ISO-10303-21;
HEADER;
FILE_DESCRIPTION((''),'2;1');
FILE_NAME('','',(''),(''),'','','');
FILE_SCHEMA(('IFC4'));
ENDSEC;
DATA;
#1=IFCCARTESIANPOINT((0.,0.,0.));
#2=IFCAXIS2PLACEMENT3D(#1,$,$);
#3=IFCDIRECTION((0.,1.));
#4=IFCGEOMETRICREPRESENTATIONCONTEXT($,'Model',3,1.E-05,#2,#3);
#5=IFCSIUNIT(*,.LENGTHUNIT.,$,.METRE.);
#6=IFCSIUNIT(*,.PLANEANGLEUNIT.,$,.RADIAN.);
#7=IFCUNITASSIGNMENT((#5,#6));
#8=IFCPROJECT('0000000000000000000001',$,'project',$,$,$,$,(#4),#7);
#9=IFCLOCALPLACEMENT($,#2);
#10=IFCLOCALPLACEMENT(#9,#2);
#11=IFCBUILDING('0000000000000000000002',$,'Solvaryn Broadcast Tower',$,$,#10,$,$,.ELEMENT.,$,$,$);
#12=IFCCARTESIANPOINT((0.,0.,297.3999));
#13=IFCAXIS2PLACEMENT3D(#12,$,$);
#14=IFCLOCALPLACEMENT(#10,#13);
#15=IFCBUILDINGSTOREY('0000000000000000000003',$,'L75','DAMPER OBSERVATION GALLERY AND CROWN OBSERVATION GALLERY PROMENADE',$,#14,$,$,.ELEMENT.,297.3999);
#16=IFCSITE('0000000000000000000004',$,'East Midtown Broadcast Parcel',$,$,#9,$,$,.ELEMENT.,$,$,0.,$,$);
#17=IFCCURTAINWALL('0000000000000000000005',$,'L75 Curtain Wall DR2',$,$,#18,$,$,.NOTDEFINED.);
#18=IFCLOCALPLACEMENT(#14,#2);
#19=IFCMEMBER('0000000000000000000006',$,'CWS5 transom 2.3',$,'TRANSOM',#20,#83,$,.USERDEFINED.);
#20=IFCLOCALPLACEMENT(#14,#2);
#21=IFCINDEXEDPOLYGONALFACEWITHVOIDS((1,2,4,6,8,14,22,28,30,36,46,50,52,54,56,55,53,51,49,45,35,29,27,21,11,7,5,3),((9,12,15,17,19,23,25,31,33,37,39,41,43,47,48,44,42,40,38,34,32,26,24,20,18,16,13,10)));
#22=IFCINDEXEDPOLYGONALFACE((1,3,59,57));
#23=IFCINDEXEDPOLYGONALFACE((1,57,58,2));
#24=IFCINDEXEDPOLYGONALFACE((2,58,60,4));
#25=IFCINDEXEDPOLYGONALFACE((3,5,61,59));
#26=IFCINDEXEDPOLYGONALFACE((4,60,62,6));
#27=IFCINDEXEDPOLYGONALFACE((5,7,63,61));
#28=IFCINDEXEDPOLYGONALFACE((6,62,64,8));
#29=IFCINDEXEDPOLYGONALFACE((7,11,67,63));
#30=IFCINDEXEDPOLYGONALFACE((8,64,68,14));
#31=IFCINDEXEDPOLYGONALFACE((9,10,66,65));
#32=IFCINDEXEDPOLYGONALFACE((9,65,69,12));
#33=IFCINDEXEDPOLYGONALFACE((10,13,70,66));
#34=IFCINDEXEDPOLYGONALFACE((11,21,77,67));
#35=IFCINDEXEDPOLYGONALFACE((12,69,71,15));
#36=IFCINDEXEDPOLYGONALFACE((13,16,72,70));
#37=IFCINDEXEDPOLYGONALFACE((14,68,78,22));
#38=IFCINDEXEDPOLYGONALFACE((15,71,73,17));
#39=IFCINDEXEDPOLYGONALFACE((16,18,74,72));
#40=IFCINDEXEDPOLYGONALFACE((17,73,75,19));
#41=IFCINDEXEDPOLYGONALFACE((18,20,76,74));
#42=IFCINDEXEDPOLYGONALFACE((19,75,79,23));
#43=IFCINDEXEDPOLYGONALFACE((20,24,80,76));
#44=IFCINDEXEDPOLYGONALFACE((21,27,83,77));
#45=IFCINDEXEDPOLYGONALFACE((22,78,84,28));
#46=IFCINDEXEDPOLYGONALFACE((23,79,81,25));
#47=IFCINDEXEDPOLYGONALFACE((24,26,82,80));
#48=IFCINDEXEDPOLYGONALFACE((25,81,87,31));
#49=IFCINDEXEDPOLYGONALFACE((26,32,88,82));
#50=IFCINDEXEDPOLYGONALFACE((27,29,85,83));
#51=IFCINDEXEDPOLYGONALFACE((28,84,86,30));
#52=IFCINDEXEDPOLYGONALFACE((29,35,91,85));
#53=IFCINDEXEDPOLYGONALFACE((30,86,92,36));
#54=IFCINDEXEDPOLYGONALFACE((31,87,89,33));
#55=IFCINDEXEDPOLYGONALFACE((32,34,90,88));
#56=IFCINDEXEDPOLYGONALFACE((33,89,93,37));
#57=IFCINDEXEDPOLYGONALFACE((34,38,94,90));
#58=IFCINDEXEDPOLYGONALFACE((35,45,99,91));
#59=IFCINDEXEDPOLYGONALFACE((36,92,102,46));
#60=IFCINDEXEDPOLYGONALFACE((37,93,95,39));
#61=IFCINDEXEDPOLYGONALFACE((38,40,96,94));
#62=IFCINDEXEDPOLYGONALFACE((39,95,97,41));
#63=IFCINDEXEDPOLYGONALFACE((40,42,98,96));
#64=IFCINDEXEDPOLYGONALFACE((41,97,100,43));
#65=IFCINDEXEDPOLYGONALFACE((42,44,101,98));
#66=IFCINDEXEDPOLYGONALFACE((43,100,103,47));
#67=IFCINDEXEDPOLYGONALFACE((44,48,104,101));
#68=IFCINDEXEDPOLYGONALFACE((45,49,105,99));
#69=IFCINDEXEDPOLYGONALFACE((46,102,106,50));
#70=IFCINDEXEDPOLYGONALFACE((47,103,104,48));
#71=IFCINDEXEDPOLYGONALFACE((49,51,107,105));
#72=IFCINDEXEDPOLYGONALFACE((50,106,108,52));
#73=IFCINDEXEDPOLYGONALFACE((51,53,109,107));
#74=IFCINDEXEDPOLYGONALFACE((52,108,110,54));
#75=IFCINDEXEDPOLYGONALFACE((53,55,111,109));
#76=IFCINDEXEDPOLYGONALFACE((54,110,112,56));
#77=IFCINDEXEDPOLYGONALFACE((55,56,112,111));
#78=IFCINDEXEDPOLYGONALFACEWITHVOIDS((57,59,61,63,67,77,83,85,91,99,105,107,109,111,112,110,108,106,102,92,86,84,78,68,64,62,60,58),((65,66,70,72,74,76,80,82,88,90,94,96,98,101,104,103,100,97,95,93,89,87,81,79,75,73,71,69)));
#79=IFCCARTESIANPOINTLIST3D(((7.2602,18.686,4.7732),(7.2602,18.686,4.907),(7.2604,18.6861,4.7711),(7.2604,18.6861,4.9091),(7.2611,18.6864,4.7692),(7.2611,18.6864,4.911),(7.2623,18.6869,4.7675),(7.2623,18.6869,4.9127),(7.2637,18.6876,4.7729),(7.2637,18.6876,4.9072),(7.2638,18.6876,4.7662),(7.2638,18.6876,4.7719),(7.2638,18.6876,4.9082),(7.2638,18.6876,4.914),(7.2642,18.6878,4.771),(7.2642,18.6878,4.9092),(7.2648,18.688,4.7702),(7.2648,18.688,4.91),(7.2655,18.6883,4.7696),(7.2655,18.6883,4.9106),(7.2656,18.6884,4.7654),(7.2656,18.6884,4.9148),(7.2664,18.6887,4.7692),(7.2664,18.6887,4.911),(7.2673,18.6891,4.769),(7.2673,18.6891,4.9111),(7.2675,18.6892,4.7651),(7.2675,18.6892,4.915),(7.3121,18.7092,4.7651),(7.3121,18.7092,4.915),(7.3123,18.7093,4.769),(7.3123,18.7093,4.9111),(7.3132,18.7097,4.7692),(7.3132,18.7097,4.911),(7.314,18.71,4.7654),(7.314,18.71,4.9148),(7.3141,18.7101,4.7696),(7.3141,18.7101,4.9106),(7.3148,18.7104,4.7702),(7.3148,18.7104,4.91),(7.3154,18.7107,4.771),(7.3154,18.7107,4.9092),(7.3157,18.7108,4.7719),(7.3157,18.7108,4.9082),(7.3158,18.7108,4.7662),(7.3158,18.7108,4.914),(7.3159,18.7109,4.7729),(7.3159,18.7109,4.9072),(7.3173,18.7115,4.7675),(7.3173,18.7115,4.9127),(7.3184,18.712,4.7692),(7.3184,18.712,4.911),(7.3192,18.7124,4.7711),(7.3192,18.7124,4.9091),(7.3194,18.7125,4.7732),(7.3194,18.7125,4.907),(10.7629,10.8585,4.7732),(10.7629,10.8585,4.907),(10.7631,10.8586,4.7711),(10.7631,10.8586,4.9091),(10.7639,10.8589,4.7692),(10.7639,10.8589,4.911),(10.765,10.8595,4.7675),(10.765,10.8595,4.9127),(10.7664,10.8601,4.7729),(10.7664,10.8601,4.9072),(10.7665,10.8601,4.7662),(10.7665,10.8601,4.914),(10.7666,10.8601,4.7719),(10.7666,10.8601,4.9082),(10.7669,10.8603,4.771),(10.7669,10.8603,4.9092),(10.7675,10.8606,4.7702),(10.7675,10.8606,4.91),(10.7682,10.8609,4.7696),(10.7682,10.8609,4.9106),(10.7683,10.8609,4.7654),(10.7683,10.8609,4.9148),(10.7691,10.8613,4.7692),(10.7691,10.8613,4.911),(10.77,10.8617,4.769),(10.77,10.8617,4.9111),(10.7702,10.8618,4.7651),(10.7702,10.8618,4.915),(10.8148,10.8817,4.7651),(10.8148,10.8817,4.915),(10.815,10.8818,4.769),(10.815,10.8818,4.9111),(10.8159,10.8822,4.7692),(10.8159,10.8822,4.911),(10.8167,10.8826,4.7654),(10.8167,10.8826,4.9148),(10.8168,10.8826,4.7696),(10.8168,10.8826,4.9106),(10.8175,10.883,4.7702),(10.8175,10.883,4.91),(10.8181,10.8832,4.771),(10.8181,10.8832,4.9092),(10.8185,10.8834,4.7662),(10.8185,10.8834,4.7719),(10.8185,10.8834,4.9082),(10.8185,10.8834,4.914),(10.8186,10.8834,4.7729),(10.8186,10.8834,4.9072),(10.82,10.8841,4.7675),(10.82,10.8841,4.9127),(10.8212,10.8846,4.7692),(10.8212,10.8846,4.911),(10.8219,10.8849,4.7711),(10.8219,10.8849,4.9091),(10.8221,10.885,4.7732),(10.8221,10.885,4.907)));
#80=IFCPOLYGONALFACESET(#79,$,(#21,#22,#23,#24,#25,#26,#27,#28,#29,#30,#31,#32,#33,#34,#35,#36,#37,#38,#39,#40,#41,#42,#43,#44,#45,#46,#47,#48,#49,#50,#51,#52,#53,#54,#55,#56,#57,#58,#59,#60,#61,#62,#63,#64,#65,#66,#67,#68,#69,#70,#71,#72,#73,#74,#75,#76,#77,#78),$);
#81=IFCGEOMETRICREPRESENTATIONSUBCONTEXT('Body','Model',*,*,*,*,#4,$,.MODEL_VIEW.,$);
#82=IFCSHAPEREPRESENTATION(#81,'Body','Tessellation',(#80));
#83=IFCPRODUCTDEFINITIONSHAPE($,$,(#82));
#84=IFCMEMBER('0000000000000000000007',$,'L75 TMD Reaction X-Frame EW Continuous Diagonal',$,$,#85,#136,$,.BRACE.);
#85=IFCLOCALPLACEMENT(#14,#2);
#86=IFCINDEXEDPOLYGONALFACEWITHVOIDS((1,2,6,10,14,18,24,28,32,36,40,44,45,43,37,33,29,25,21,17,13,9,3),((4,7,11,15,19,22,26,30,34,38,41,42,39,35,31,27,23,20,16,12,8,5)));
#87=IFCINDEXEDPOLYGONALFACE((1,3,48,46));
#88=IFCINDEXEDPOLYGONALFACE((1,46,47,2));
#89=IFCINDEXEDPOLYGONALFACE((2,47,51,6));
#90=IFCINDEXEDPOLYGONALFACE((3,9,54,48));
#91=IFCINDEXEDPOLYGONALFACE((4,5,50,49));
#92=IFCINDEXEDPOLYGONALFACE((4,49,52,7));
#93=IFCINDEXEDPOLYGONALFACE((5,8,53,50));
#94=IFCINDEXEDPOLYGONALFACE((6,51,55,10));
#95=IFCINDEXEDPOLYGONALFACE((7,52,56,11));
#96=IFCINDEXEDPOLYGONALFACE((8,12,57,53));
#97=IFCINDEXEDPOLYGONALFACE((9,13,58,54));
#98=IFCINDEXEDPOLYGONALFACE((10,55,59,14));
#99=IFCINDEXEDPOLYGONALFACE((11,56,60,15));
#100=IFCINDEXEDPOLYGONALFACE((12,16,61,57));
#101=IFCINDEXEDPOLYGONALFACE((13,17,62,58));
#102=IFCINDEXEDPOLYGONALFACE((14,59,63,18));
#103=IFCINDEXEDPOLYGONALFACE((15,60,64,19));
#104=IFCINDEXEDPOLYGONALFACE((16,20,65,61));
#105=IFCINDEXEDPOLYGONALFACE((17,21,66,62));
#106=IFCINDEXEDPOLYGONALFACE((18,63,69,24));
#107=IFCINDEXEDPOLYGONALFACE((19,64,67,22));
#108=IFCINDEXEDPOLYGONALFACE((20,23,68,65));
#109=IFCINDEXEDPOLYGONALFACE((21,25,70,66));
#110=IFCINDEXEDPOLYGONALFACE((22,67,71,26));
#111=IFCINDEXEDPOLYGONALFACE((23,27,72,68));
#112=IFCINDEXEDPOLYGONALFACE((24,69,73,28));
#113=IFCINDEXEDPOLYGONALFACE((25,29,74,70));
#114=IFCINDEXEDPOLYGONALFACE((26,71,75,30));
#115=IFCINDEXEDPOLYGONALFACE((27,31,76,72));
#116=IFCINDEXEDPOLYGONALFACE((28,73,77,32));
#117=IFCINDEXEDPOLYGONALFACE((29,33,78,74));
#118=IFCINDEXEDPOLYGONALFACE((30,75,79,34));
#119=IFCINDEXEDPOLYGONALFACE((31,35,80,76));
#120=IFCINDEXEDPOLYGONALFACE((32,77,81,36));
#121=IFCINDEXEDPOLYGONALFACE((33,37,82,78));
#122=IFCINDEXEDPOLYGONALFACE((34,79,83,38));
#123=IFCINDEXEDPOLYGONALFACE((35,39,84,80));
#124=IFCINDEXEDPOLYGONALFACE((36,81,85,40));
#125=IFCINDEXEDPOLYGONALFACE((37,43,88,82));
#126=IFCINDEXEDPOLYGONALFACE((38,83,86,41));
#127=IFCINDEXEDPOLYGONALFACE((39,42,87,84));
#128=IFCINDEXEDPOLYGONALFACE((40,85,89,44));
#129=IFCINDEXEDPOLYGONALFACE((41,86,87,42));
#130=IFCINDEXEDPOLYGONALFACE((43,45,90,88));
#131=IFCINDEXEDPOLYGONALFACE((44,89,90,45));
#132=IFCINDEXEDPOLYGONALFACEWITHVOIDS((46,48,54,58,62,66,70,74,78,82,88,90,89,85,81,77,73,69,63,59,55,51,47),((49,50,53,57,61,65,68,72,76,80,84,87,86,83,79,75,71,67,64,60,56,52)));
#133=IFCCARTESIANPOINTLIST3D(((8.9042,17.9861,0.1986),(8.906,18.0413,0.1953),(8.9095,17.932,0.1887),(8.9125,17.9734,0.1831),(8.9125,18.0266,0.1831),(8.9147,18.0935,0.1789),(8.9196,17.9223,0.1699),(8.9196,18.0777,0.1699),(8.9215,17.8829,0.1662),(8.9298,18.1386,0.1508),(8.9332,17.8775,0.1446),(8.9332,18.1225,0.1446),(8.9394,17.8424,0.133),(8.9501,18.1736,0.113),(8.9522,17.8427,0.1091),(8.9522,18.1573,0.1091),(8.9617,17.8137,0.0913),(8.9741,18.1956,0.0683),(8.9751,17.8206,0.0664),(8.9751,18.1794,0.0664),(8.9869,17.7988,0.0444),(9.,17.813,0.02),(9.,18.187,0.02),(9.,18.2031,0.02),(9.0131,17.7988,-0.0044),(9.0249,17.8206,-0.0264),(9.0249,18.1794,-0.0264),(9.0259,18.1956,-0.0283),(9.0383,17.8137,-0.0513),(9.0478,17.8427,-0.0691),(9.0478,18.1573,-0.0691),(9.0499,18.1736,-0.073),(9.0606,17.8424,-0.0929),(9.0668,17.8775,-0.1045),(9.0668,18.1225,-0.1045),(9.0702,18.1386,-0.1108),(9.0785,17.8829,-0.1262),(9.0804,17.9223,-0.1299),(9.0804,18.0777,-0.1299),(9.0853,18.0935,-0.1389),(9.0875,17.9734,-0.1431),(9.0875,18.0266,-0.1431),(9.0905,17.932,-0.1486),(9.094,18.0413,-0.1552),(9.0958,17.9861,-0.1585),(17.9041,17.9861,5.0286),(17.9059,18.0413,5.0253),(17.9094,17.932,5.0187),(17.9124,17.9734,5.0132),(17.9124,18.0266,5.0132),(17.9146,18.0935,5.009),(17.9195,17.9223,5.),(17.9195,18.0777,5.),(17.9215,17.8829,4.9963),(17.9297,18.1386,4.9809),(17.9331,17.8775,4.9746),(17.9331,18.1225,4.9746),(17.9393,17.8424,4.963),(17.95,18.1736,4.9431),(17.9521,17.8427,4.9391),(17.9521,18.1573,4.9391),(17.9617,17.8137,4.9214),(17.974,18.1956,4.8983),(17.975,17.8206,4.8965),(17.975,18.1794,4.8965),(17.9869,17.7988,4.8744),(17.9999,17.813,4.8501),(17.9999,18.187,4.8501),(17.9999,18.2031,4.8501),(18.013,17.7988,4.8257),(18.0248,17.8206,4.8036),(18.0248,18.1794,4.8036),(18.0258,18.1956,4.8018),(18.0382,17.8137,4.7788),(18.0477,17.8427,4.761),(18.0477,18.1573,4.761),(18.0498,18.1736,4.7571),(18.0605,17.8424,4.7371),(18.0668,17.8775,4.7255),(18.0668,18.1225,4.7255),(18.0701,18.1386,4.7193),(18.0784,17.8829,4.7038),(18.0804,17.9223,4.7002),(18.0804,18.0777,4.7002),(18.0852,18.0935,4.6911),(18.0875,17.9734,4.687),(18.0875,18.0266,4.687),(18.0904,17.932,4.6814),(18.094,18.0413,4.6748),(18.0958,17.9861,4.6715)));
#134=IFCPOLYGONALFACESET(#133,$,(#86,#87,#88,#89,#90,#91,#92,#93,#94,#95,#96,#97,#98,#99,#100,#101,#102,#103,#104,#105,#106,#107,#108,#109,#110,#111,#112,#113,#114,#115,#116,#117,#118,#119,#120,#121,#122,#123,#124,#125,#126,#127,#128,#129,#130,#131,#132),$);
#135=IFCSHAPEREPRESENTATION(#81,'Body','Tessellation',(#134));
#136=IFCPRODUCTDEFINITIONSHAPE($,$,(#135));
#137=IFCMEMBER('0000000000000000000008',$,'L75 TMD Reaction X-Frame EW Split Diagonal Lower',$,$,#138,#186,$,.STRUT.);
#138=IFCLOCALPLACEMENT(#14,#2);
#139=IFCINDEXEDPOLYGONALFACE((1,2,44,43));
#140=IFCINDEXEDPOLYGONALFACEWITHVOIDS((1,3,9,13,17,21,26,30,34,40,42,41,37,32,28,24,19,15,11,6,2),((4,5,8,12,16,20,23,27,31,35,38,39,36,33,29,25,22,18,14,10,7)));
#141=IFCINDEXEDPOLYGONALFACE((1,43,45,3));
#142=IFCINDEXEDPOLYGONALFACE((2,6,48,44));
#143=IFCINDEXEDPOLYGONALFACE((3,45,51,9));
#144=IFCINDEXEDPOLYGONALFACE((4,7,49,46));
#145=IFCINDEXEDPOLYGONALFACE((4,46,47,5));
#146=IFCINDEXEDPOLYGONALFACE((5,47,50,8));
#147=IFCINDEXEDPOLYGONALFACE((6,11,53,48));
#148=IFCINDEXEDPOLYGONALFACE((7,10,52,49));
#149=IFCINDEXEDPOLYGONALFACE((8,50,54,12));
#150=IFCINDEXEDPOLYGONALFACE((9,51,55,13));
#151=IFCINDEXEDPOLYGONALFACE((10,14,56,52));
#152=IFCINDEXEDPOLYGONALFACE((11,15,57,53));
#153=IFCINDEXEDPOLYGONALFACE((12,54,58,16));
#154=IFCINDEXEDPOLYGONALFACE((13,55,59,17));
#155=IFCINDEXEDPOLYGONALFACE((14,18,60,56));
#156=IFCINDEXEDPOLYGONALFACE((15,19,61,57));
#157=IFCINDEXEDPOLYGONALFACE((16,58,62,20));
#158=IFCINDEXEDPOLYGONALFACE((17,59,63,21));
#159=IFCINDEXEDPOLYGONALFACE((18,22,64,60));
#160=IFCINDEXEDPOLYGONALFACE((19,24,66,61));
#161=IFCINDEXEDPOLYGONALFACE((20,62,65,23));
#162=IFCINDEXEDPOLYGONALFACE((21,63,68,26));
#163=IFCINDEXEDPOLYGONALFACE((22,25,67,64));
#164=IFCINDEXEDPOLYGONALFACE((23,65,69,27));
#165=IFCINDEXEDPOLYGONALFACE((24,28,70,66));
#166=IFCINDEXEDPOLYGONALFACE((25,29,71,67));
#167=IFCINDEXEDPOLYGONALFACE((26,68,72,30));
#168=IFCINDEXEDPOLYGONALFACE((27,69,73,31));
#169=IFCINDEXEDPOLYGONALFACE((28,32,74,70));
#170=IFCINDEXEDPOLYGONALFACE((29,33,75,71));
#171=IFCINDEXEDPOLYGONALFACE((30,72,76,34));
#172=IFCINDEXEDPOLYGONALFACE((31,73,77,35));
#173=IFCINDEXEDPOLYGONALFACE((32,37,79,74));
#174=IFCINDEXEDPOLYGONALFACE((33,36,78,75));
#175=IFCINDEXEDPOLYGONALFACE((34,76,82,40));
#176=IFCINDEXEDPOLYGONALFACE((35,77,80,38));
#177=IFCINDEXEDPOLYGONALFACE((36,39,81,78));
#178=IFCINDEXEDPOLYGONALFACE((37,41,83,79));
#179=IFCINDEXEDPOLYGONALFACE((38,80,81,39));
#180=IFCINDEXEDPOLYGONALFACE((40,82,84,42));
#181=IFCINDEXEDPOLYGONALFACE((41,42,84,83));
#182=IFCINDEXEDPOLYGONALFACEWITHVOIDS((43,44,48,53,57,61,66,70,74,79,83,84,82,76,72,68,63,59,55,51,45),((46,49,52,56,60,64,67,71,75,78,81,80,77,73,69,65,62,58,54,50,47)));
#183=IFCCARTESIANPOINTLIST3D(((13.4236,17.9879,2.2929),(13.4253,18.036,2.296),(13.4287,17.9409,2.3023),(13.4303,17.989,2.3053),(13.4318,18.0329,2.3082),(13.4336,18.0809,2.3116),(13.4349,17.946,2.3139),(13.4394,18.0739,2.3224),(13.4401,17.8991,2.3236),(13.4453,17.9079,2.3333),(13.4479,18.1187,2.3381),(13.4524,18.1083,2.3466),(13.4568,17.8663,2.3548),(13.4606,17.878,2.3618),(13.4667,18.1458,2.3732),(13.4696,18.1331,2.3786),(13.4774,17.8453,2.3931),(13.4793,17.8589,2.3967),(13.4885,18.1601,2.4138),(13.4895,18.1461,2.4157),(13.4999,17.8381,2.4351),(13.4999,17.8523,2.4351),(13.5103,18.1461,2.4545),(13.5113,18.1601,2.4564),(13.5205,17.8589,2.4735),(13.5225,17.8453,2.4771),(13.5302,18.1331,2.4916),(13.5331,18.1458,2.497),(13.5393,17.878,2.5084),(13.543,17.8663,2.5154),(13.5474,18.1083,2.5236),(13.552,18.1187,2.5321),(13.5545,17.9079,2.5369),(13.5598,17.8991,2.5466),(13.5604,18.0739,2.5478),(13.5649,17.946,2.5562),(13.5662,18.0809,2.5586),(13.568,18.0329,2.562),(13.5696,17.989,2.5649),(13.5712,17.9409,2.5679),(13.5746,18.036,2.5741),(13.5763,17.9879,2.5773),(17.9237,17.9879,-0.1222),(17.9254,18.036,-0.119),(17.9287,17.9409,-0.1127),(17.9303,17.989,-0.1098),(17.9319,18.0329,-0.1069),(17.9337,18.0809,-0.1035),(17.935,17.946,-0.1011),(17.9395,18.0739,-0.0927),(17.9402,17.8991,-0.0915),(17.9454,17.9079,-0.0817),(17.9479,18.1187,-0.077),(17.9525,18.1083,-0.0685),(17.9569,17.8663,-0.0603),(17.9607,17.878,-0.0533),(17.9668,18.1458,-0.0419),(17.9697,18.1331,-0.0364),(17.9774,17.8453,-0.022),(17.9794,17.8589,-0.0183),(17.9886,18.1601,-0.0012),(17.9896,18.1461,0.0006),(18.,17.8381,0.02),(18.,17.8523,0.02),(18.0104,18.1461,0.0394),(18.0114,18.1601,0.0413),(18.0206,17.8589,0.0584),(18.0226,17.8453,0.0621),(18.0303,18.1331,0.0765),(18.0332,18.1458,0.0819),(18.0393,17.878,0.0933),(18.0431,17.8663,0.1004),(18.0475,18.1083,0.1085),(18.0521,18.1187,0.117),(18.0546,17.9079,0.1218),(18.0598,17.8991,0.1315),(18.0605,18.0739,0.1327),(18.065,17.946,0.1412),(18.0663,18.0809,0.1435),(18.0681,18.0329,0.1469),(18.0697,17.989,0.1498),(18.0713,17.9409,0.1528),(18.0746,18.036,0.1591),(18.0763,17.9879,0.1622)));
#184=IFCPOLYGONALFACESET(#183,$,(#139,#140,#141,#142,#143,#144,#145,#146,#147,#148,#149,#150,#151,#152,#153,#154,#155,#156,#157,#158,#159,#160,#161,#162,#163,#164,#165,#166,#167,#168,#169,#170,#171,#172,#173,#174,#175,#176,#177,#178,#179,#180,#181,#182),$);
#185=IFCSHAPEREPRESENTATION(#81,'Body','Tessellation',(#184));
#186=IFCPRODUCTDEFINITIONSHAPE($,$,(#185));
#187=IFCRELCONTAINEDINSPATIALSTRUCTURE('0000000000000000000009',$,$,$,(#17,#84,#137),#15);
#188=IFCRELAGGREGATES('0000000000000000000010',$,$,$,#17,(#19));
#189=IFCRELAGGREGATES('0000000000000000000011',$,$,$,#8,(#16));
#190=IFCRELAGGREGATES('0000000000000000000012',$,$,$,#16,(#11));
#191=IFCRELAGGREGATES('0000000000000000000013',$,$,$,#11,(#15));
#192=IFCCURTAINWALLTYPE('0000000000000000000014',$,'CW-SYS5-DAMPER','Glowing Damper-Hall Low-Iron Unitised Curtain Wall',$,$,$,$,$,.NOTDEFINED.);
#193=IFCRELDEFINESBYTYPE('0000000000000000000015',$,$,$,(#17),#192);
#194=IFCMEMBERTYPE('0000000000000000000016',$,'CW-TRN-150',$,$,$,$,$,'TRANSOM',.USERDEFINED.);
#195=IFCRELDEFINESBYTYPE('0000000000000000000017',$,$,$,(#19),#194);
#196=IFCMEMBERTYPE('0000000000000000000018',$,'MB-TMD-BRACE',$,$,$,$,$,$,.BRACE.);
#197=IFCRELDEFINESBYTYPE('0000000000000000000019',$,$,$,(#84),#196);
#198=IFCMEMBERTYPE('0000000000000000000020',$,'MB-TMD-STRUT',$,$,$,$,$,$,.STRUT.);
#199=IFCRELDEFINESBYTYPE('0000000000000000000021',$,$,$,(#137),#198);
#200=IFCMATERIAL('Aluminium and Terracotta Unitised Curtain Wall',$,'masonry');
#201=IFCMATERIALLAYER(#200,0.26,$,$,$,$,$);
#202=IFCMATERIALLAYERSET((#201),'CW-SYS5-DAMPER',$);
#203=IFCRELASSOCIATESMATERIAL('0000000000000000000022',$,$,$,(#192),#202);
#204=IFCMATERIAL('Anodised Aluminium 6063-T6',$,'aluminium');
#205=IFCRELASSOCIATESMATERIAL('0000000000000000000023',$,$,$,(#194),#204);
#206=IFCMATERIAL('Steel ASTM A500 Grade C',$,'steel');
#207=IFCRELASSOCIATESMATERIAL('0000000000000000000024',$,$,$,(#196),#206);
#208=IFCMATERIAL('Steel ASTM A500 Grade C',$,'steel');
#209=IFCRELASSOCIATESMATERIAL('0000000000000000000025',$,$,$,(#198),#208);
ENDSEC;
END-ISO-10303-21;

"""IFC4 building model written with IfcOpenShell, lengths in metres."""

from ifc_helpers import new_model, si_unit, direction, frame, origin, origin_2d, place, context, subcontext, project, spatial, hollow_rectangle, hollow_circle, extrude, material, layer, layer_set, material_profile, profile_set, type_object, element, aggregate, save


model = new_model("IFC4")

# Units and contexts
model_context = context("Model", 3, precision=1e-05, world=origin(), true_north=direction((0.0, 1.0)))
body_context = subcontext(model_context, "Body", "Model", "MODEL_VIEW")
ifc_project = project(units=[si_unit("LENGTHUNIT", "METRE"), si_unit("PLANEANGLEUNIT", "RADIAN")], contexts=[model_context])

# Site, building, storey
site_placement = place(None, origin())
site = spatial("IfcSite", under=ifc_project, at=site_placement, Name="East Midtown Broadcast Parcel", CompositionType="ELEMENT", RefElevation=0.0)
building_placement = place(site_placement, origin())
building = spatial("IfcBuilding", under=site, at=building_placement, Name="Solvaryn Broadcast Tower", CompositionType="ELEMENT")
storey_placement = place(building_placement, frame((0.0, 0.0, 297.3999)))
storey = spatial("IfcBuildingStorey", under=building, at=storey_placement, Name="L75", Description="DAMPER OBSERVATION GALLERY AND CROWN OBSERVATION GALLERY PROMENADE", CompositionType="ELEMENT", Elevation=297.3999)

# Shared definitions
ifc_material_1 = material(Name="Aluminium and Terracotta Unitised Curtain Wall", Category="masonry")
ifc_layer_1 = layer(ifc_material_1, 0.26)
ifc_layer_set_1 = layer_set([ifc_layer_1], Name="CW-SYS5-DAMPER")
curtain_wall_type = type_object("IfcCurtainWallType", Name="CW-SYS5-DAMPER", Description="Glowing Damper-Hall Low-Iron Unitised Curtain Wall", PredefinedType="NOTDEFINED", material=ifc_layer_set_1)

# Curtain wall, member
curtain_wall_1_placement = place(storey_placement, origin())
curtain_wall_1 = element("IfcCurtainWall", 1, at=curtain_wall_1_placement, inside=storey, type_object=curtain_wall_type, Name="L75 Curtain Wall DR2", PredefinedType="NOTDEFINED")
ifc_material_2 = material(Name="Anodised Aluminium 6063-T6", Category="aluminium")
ifc_material_profile_1 = material_profile(ifc_material_2, hollow_rectangle(XDim=0.0649, YDim=0.1499, WallThickness=0.0039, InnerFilletRadius=0.0039, OuterFilletRadius=0.0081, at=origin_2d()))
ifc_profile_set_1 = profile_set([ifc_material_profile_1], Name="Anodised Aluminium 6063-T6")
member_type_1 = type_object("IfcMemberType", Name="CW-TRN-150", ElementType="TRANSOM", PredefinedType="USERDEFINED", material=ifc_profile_set_1)
member_1_placement = place(storey_placement, frame((7.2898, 18.6992, 4.8401), z_axis=(0.408459, -0.912777, 0.0), x_axis=(0.912777, 0.408459, 0.0)))
member_1 = element("IfcMember", 2, at=member_1_placement, type_object=member_type_1, Name="CWS5 transom 2.3", ObjectType="TRANSOM", PredefinedType="USERDEFINED", context=body_context, shape_type="SweptSolid", body=[
    extrude(hollow_rectangle(XDim=0.0649, YDim=0.1499, WallThickness=0.0039, InnerFilletRadius=0.0039, OuterFilletRadius=0.0081, at=origin_2d()), origin(), (0.0, 0.0, 1.0), 8.5754),
])

# Members
ifc_material_3 = material(Name="Steel ASTM A500 Grade C", Category="steel")
ifc_material_profile_2 = material_profile(ifc_material_3, hollow_circle(Radius=0.2031, WallThickness=0.0161, at=origin_2d()))
ifc_profile_set_2 = profile_set([ifc_material_profile_2], Name="Steel ASTM A500 Grade C")
member_type_2 = type_object("IfcMemberType", Name="MB-TMD-BRACE", PredefinedType="BRACE", material=ifc_profile_set_2)
member_2_placement = place(storey_placement, frame((9.0, 18.0, 0.02), z_axis=(0.881127, 0.0, 0.472879), x_axis=(0.0, 1.0, 0.0)))
element("IfcMember", 3, at=member_2_placement, inside=storey, type_object=member_type_2, Name="L75 TMD Reaction X-Frame EW Continuous Diagonal", PredefinedType="BRACE", context=body_context, shape_type="SweptSolid", body=[
    extrude(hollow_circle(Radius=0.2031, WallThickness=0.0161, at=origin_2d()), origin(), (0.0, 0.0, 1.0), 10.2141),
])
ifc_material_4 = material(Name="Steel ASTM A500 Grade C", Category="steel")
ifc_material_profile_3 = material_profile(ifc_material_4, hollow_circle(Radius=0.1619, WallThickness=0.0142, at=origin_2d()))
ifc_profile_set_3 = profile_set([ifc_material_profile_3], Name="Steel ASTM A500 Grade C")
member_type_3 = type_object("IfcMemberType", Name="MB-TMD-STRUT", PredefinedType="STRUT", material=ifc_profile_set_3)
for number, where, z_axis, x_axis, name in (
    (4, (18.0, 18.0, 0.02), (-0.881127, 0.0, 0.472879), (0.0, -1.0, 0.0), "L75 TMD Reaction X-Frame EW Split Diagonal Lower"),
):
    element("IfcMember", number, at=place(storey_placement, frame(where, z_axis=z_axis, x_axis=x_axis)), inside=storey, type_object=member_type_3, Name=name, PredefinedType="STRUT", context=body_context, shape_type="SweptSolid", body=[
        extrude(hollow_circle(Radius=0.1619, WallThickness=0.0142, at=origin_2d()), origin(), (0.0, 0.0, 1.0), 5.1072),
    ])

aggregate(curtain_wall_1, [member_1])

save(model, "model.ifc")
